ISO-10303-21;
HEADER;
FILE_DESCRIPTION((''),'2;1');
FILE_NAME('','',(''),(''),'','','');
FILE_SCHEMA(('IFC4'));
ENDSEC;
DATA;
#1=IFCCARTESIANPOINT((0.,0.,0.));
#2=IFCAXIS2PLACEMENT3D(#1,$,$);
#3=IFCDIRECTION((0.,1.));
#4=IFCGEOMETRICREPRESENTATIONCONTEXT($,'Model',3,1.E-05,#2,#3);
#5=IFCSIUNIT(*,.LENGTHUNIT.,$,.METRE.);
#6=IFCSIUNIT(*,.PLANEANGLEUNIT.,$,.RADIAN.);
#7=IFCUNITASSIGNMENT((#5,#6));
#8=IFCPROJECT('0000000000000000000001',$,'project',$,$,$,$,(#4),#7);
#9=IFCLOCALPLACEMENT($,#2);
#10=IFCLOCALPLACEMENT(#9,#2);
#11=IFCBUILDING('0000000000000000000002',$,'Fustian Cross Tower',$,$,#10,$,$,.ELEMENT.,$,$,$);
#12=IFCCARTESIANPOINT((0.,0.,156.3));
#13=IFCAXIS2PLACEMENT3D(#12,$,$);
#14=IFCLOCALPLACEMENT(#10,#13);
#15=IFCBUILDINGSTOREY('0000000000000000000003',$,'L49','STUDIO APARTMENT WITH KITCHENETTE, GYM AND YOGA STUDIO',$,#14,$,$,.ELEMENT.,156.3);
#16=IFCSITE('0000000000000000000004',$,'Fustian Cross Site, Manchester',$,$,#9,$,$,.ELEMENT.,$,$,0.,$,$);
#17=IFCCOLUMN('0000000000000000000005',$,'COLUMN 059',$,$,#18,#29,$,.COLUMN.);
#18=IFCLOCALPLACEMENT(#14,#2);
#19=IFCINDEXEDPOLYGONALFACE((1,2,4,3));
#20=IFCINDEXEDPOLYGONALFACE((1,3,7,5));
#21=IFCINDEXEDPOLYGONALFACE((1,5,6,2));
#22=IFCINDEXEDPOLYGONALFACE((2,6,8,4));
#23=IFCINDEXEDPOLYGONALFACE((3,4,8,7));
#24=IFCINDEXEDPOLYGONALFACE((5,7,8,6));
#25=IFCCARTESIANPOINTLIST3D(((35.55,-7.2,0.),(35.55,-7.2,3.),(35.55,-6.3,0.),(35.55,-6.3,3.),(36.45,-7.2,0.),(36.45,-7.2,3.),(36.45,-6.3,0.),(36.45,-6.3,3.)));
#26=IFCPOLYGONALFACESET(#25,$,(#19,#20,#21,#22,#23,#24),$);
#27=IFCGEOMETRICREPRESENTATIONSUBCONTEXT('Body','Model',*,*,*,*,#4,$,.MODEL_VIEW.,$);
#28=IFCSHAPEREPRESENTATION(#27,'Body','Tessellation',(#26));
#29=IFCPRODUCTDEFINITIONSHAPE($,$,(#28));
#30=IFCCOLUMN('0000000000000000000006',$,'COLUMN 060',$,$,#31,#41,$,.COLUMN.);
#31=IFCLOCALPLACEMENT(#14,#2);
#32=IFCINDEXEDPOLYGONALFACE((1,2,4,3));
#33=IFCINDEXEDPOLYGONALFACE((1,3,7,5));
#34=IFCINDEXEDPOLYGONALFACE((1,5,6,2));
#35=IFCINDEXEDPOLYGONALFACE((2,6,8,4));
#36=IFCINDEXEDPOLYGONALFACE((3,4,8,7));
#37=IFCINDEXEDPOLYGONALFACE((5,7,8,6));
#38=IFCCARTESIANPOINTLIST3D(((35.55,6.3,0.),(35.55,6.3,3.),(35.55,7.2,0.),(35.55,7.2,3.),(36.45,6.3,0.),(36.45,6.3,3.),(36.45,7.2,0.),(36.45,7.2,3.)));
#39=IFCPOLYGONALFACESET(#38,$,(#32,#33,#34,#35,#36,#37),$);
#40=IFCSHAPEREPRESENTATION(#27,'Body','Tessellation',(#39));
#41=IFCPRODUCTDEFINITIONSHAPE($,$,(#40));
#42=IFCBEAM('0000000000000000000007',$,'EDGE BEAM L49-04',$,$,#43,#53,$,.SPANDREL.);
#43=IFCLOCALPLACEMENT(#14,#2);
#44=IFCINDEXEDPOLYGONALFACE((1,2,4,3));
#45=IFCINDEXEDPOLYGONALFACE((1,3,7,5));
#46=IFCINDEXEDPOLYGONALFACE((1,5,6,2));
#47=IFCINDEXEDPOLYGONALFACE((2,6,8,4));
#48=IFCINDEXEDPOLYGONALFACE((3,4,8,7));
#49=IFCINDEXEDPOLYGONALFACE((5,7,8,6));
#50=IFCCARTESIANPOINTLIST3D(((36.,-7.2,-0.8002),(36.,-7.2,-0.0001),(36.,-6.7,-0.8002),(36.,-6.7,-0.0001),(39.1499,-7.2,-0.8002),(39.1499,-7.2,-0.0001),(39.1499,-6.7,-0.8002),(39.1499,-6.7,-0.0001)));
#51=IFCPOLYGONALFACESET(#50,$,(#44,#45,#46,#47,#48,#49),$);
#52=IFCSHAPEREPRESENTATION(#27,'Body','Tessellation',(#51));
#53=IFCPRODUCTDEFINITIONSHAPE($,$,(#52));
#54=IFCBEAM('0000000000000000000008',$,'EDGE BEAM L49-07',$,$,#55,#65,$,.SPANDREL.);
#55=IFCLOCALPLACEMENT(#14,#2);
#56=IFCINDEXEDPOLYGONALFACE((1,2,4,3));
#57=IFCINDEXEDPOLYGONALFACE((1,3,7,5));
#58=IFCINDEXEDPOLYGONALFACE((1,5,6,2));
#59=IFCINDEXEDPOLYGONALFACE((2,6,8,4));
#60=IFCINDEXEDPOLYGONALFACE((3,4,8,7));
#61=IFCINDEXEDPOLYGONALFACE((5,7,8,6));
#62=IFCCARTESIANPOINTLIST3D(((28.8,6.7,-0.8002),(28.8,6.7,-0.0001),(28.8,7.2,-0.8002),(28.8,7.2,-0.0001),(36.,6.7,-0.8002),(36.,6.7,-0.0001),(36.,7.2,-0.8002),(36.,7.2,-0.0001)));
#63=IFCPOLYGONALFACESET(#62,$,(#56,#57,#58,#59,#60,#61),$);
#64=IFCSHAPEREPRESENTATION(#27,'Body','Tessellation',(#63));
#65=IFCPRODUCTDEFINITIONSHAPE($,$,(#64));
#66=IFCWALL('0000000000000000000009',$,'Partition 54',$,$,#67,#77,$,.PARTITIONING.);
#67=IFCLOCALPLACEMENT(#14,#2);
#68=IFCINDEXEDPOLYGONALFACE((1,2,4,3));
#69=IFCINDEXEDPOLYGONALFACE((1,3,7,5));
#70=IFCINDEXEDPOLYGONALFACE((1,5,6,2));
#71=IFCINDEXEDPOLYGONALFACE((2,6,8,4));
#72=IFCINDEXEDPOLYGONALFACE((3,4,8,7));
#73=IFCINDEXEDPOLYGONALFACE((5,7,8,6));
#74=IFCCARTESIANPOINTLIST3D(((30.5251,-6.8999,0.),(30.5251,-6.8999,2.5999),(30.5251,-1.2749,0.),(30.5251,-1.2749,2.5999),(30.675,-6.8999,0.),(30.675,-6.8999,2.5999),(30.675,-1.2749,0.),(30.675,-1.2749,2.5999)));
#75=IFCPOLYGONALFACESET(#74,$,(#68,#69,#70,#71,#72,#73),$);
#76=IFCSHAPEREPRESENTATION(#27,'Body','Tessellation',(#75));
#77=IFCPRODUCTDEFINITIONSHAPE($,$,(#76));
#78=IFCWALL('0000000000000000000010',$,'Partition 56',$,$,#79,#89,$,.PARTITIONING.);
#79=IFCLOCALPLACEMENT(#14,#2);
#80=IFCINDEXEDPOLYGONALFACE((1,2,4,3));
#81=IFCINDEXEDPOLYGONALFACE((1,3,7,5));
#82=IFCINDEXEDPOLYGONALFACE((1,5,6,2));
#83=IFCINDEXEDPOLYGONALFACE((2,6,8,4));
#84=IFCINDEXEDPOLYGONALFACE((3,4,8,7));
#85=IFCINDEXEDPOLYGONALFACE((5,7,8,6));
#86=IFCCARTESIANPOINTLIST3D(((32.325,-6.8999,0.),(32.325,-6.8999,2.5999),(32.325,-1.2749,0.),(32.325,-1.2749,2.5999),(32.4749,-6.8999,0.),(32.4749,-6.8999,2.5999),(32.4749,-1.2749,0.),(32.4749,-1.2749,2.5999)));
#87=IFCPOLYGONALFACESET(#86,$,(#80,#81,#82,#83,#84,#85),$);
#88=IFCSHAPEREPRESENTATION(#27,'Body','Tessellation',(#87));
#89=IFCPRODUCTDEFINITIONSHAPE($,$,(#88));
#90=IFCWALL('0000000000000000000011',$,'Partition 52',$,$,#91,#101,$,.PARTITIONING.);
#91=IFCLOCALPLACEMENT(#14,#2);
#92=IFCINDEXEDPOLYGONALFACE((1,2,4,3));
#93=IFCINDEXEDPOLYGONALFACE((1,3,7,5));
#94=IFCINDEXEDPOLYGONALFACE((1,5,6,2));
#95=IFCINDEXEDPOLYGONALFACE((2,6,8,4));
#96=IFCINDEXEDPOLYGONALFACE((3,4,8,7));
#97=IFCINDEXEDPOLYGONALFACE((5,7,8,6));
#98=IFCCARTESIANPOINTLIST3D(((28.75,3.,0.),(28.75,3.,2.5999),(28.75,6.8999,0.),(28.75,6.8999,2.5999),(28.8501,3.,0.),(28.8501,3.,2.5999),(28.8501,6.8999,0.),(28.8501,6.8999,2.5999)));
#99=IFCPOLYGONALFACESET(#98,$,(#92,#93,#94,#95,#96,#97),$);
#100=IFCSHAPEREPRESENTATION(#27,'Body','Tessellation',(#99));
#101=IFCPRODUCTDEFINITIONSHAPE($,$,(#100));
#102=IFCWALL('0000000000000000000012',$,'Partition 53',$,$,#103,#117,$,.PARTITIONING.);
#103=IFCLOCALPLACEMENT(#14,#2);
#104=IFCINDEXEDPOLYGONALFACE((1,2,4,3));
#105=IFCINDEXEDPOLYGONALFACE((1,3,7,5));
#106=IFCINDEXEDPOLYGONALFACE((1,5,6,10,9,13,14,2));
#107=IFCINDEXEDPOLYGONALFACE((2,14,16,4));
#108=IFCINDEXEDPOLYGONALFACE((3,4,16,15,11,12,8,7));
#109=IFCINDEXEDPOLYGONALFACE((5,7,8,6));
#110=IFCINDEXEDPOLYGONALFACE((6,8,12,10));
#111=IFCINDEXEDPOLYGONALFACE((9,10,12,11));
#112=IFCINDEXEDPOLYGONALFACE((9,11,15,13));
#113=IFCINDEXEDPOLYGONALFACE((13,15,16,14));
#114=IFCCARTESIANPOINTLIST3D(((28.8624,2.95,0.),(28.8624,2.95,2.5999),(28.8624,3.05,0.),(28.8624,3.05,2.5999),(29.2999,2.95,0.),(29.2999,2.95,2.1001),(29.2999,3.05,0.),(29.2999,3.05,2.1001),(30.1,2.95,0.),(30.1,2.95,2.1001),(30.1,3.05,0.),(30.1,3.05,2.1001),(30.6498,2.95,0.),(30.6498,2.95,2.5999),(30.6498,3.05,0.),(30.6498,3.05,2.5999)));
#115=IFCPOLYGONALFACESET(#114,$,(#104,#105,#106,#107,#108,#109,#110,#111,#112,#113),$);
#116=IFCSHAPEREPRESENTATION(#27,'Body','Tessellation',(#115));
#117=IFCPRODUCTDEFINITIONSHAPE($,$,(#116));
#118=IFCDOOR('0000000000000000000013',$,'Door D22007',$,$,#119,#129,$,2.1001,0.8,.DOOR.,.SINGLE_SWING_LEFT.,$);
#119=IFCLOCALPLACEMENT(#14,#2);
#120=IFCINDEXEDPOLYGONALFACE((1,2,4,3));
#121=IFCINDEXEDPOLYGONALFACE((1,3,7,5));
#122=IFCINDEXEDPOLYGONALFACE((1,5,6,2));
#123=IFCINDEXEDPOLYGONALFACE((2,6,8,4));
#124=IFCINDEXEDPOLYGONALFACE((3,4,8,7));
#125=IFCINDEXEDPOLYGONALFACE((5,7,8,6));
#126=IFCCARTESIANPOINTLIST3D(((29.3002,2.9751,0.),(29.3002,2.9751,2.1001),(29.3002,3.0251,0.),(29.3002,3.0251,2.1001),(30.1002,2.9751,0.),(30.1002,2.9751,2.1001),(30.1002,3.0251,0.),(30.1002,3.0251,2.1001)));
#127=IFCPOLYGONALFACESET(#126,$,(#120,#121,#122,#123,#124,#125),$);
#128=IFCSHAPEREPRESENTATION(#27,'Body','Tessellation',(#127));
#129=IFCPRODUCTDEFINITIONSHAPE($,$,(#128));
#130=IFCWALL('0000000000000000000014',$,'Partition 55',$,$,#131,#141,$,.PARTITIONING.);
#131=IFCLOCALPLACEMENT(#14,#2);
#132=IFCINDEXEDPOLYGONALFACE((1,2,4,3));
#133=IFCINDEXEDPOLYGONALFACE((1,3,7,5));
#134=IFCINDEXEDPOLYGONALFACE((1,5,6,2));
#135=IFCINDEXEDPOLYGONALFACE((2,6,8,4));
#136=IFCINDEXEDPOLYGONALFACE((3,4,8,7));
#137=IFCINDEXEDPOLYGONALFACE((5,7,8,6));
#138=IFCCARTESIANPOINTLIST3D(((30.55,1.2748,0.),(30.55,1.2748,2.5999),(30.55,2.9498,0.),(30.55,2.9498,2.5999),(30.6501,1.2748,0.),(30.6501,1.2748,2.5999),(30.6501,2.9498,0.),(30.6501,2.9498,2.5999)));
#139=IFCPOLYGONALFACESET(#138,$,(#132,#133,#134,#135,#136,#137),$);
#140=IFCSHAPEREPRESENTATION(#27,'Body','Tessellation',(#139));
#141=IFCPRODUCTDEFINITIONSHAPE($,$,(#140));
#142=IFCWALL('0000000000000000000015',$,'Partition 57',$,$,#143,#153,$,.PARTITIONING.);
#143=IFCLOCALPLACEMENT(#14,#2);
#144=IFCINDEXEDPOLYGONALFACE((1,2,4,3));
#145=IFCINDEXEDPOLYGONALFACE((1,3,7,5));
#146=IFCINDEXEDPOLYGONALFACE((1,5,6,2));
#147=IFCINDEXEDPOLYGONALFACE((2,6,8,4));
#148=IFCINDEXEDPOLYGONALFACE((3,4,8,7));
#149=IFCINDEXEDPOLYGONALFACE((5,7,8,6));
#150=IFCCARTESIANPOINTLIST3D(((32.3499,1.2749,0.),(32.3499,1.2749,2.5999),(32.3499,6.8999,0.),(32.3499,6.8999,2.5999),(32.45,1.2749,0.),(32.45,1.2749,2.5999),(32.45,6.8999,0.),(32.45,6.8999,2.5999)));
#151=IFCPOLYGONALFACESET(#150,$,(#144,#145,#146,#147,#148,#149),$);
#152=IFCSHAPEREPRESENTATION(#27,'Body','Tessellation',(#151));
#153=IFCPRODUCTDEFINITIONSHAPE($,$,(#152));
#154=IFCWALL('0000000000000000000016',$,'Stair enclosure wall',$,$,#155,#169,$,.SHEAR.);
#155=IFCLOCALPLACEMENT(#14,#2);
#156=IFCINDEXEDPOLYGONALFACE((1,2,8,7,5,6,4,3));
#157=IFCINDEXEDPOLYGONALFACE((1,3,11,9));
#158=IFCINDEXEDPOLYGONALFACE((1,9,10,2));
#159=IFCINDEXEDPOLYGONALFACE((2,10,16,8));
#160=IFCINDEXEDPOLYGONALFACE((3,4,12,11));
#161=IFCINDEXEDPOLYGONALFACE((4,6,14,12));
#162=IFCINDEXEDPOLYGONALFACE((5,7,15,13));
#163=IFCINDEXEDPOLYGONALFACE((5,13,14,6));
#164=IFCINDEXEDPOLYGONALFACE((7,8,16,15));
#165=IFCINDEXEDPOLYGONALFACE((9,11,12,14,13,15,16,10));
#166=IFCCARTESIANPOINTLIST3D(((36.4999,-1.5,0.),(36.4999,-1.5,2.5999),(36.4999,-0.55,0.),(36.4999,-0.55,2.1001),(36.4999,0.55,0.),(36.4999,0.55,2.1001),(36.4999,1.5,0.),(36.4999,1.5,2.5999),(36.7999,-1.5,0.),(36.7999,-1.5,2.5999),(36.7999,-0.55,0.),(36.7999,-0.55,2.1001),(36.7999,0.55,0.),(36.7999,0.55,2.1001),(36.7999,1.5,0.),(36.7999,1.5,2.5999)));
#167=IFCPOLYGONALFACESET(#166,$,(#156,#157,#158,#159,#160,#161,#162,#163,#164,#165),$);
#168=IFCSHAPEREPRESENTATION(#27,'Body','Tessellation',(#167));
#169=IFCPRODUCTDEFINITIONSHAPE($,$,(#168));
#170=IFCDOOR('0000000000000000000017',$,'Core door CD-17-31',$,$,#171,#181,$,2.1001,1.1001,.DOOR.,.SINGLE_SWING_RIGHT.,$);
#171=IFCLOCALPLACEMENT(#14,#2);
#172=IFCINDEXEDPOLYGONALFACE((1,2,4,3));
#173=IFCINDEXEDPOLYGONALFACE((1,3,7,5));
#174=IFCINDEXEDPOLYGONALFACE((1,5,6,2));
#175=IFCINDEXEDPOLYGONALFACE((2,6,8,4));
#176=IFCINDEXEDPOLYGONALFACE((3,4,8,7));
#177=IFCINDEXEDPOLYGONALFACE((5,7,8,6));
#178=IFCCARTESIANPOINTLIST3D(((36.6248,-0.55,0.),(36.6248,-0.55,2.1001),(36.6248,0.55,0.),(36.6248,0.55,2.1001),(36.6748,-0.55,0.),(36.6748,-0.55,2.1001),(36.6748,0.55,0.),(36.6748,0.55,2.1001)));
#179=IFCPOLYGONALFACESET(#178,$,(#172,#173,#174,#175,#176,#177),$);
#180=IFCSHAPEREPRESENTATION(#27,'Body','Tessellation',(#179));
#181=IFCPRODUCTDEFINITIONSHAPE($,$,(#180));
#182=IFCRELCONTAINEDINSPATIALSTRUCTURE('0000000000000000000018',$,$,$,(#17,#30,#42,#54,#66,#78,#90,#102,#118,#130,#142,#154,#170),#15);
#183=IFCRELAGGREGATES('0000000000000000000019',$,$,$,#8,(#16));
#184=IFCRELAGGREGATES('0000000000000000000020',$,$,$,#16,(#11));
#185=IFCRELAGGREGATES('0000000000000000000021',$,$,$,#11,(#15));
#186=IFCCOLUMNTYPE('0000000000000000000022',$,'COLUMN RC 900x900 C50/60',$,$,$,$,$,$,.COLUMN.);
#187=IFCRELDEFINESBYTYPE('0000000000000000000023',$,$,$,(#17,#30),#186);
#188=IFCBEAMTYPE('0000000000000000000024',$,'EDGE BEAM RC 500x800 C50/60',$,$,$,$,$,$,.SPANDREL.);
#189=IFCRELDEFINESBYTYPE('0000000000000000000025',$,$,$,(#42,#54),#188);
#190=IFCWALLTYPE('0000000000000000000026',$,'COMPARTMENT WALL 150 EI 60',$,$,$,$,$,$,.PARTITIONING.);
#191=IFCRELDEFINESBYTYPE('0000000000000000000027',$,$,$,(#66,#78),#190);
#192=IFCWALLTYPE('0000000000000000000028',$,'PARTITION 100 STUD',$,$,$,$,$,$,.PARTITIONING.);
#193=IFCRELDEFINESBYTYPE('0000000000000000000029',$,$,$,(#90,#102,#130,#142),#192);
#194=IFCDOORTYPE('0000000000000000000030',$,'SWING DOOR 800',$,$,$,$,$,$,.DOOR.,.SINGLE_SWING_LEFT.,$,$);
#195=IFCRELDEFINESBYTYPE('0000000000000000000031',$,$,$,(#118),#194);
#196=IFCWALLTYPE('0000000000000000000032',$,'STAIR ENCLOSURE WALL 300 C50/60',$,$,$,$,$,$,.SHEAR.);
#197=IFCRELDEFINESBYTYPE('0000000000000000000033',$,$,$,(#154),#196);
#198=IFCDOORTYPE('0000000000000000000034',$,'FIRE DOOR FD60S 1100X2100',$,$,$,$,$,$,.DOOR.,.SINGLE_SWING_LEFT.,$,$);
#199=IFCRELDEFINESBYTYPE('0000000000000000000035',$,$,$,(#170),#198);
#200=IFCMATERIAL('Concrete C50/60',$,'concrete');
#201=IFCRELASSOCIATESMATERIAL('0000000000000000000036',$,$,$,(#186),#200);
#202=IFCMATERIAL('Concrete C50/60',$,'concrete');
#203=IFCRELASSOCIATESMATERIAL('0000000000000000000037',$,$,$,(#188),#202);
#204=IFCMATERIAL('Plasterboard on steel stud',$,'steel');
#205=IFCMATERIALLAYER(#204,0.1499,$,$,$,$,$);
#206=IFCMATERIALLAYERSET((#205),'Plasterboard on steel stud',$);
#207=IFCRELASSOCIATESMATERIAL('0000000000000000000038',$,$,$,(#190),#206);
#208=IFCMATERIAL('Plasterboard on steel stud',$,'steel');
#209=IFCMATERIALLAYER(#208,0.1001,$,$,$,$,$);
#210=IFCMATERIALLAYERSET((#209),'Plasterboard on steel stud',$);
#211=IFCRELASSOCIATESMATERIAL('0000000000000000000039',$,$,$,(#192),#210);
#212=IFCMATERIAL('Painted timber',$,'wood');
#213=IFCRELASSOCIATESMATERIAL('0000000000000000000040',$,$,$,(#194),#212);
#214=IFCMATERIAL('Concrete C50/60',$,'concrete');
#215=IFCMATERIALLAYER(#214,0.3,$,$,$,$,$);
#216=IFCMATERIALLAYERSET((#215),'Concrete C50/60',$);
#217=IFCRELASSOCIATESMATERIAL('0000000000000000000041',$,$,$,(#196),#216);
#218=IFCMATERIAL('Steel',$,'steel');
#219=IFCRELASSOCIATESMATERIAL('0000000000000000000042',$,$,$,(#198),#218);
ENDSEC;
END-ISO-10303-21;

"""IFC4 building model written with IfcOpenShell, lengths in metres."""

from ifc_helpers import new_model, si_unit, direction, frame, frame_2d, origin, origin_2d, place, context, subcontext, project, spatial, rectangle, extrude, material, layer, layer_set, material_profile, profile_set, type_object, element, fill, save


model = new_model("IFC4")

# Units and contexts
model_context = context("Model", 3, precision=1e-05, world=origin(), true_north=direction((0.0, 1.0)))
body_context = subcontext(model_context, "Body", "Model", "MODEL_VIEW")
ifc_project = project(units=[si_unit("LENGTHUNIT", "METRE"), si_unit("PLANEANGLEUNIT", "RADIAN")], contexts=[model_context])

# Site, building, storey
site_placement = place(None, origin())
site = spatial("IfcSite", under=ifc_project, at=site_placement, Name="Fustian Cross Site, Manchester", CompositionType="ELEMENT", RefElevation=0.0)
building_placement = place(site_placement, origin())
building = spatial("IfcBuilding", under=site, at=building_placement, Name="Fustian Cross Tower", CompositionType="ELEMENT")
storey_placement = place(building_placement, frame((0.0, 0.0, 156.3)))
storey = spatial("IfcBuildingStorey", under=building, at=storey_placement, Name="L49", Description="STUDIO APARTMENT WITH KITCHENETTE, GYM AND YOGA STUDIO", CompositionType="ELEMENT", Elevation=156.3)

# Columns
ifc_material_1 = material(Name="Concrete C50/60", Category="concrete")
ifc_material_profile_1 = material_profile(ifc_material_1, rectangle(XDim=0.8999, YDim=0.8999, at=origin_2d()), Name="RC 900x900")
ifc_profile_set_1 = profile_set([ifc_material_profile_1], Name="Concrete C50/60")
column_type = type_object("IfcColumnType", Name="COLUMN RC 900x900 C50/60", PredefinedType="COLUMN", material=ifc_profile_set_1)
for number, where, z_axis, x_axis, name in (
    (1, (36.0, -6.75, 0.0), (0.0, 0.0, 1.0), (1.0, 0.0, 0.0), "COLUMN 059"),
    (2, (36.0, 6.75, 0.0), (0.0, 0.0, 1.0), (1.0, 0.0, 0.0), "COLUMN 060"),
):
    element("IfcColumn", number, at=place(storey_placement, frame(where, z_axis=z_axis, x_axis=x_axis)), inside=storey, type_object=column_type, Name=name, PredefinedType="COLUMN", context=body_context, shape_type="SweptSolid", body=[
        extrude(rectangle(XDim=0.8999, YDim=0.8999, at=origin_2d()), origin(), (0.0, 0.0, 1.0), 3.0),
    ])

# Beams
ifc_material_2 = material(Name="Concrete C50/60", Category="concrete")
ifc_material_profile_2 = material_profile(ifc_material_2, rectangle(XDim=0.5, YDim=0.8, at=origin_2d()), Name="RC 500x800")
ifc_profile_set_2 = profile_set([ifc_material_profile_2], Name="Concrete C50/60")
beam_type = type_object("IfcBeamType", Name="EDGE BEAM RC 500x800 C50/60", PredefinedType="SPANDREL", material=ifc_profile_set_2)
beam_1_placement = place(storey_placement, frame((36.0, -6.95, -0.4001), z_axis=(1.0, 0.0, 0.0), x_axis=(0.0, 1.0, 0.0)))
element("IfcBeam", 3, at=beam_1_placement, inside=storey, type_object=beam_type, Name="EDGE BEAM L49-04", PredefinedType="SPANDREL", context=body_context, shape_type="SweptSolid", body=[
    extrude(rectangle(XDim=0.5, YDim=0.8, at=origin_2d()), origin(), (0.0, 0.0, 1.0), 3.1499),
])
beam_2_placement = place(storey_placement, frame((36.0, 6.95, -0.4001), z_axis=(-1.0, 0.0, 0.0), x_axis=(0.0, -1.0, 0.0)))
element("IfcBeam", 4, at=beam_2_placement, inside=storey, type_object=beam_type, Name="EDGE BEAM L49-07", PredefinedType="SPANDREL", context=body_context, shape_type="SweptSolid", body=[
    extrude(rectangle(XDim=0.5, YDim=0.8, at=origin_2d()), origin(), (0.0, 0.0, 1.0), 7.2),
])

# Walls
ifc_material_3 = material(Name="Plasterboard on steel stud", Category="steel")
ifc_layer_1 = layer(ifc_material_3, 0.1499)
ifc_layer_set_1 = layer_set([ifc_layer_1], Name="Plasterboard on steel stud")
wall_type_1 = type_object("IfcWallType", Name="COMPARTMENT WALL 150 EI 60", PredefinedType="PARTITIONING", material=ifc_layer_set_1)
for number, where, z_axis, x_axis, name in (
    (5, (30.6001, -6.8999, 0.0), (0.0, 0.0, 1.0), (0.0, 1.0, 0.0), "Partition 54"),
    (6, (32.3999, -6.8999, 0.0), (0.0, 0.0, 1.0), (0.0, 1.0, 0.0), "Partition 56"),
):
    element("IfcWall", number, at=place(storey_placement, frame(where, z_axis=z_axis, x_axis=x_axis)), inside=storey, type_object=wall_type_1, Name=name, PredefinedType="PARTITIONING", context=body_context, shape_type="SweptSolid", body=[
        extrude(rectangle(XDim=5.625, YDim=0.1499, at=frame_2d((2.8125, 0.0))), origin(), (0.0, 0.0, 1.0), 2.5999),
    ])
ifc_material_4 = material(Name="Plasterboard on steel stud", Category="steel")
ifc_layer_2 = layer(ifc_material_4, 0.1001)
ifc_layer_set_2 = layer_set([ifc_layer_2], Name="Plasterboard on steel stud")
wall_type_2 = type_object("IfcWallType", Name="PARTITION 100 STUD", PredefinedType="PARTITIONING", material=ifc_layer_set_2)
wall_1_placement = place(storey_placement, frame((28.8, 3.0, 0.0), z_axis=(0.0, 0.0, 1.0), x_axis=(0.0, 1.0, 0.0)))
element("IfcWall", 7, at=wall_1_placement, inside=storey, type_object=wall_type_2, Name="Partition 52", PredefinedType="PARTITIONING", context=body_context, shape_type="SweptSolid", body=[
    extrude(rectangle(XDim=3.8999, YDim=0.1001, at=frame_2d((1.95, 0.0))), origin(), (0.0, 0.0, 1.0), 2.5999),
])

# Wall, opening, door
wall_2_placement = place(storey_placement, frame((28.8625, 3.0, 0.0), z_axis=(0.0, 0.0, 1.0), x_axis=(1.0, 0.0, 0.0)))
wall_2 = element("IfcWall", 8, at=wall_2_placement, inside=storey, type_object=wall_type_2, Name="Partition 53", PredefinedType="PARTITIONING", context=body_context, shape_type="SweptSolid", body=[
    extrude(rectangle(XDim=1.7874, YDim=0.1001, at=frame_2d((0.8936, 0.0))), origin(), (0.0, 0.0, 1.0), 2.5999),
])
opening_1_placement = place(wall_2_placement, frame((0.4375, 0.0, 0.0)))
opening_1 = element("IfcOpeningElement", 9, at=opening_1_placement, cuts=wall_2, PredefinedType="OPENING", context=body_context, shape_type="SweptSolid", body=[
    extrude(rectangle(XDim=0.8, YDim=2.1001, at=frame_2d((0.3999, 1.05))), frame((0.0, 0.0601, 0.0), z_axis=(0.0, -1.0, 0.0), x_axis=(1.0, 0.0, 0.0)), (0.0, 0.0, 1.0), 0.1201),
])
ifc_material_5 = material(Name="Painted timber", Category="wood")
door_type_1 = type_object("IfcDoorType", Name="SWING DOOR 800", OperationType="SINGLE_SWING_LEFT", PredefinedType="DOOR", material=ifc_material_5)
door_1_placement = place(opening_1_placement, frame((0.8, 0.0, 0.0), z_axis=(0.0, 0.0, 1.0), x_axis=(-1.0, 0.0, 0.0)))
door_1 = element("IfcDoor", 10, at=door_1_placement, inside=storey, type_object=door_type_1, Name="Door D22007", OperationType="SINGLE_SWING_LEFT", OverallHeight=2.1001, OverallWidth=0.8, PredefinedType="DOOR", context=body_context, shape_type="SweptSolid", body=[
    extrude(rectangle(XDim=0.8, YDim=2.1001, at=frame_2d((0.3999, 1.05))), frame((0.0, 0.0249, 0.0), z_axis=(0.0, -1.0, 0.0), x_axis=(1.0, 0.0, 0.0)), (0.0, 0.0, 1.0), 0.05),
])
fill(opening_1, door_1)

# Walls
wall_3_placement = place(storey_placement, frame((30.6001, 1.2749, 0.0), z_axis=(0.0, 0.0, 1.0), x_axis=(0.0, 1.0, 0.0)))
element("IfcWall", 11, at=wall_3_placement, inside=storey, type_object=wall_type_2, Name="Partition 55", PredefinedType="PARTITIONING", context=body_context, shape_type="SweptSolid", body=[
    extrude(rectangle(XDim=1.675, YDim=0.1001, at=frame_2d((0.8374, 0.0))), origin(), (0.0, 0.0, 1.0), 2.5999),
])
wall_4_placement = place(storey_placement, frame((32.3999, 1.2749, 0.0), z_axis=(0.0, 0.0, 1.0), x_axis=(0.0, 1.0, 0.0)))
element("IfcWall", 12, at=wall_4_placement, inside=storey, type_object=wall_type_2, Name="Partition 57", PredefinedType="PARTITIONING", context=body_context, shape_type="SweptSolid", body=[
    extrude(rectangle(XDim=5.625, YDim=0.1001, at=frame_2d((2.8125, 0.0))), origin(), (0.0, 0.0, 1.0), 2.5999),
])

# Wall, opening, door
ifc_material_6 = material(Name="Concrete C50/60", Category="concrete")
ifc_layer_3 = layer(ifc_material_6, 0.3)
ifc_layer_set_3 = layer_set([ifc_layer_3], Name="Concrete C50/60")
wall_type_3 = type_object("IfcWallType", Name="STAIR ENCLOSURE WALL 300 C50/60", PredefinedType="SHEAR", material=ifc_layer_set_3)
wall_5_placement = place(storey_placement, frame((36.6499, -1.5, 0.0), z_axis=(0.0, 0.0, 1.0), x_axis=(0.0, 1.0, 0.0)))
wall_5 = element("IfcWall", 13, at=wall_5_placement, inside=storey, type_object=wall_type_3, Name="Stair enclosure wall", PredefinedType="SHEAR", context=body_context, shape_type="SweptSolid", body=[
    extrude(rectangle(XDim=3.0, YDim=0.3, at=frame_2d((1.5, 0.0))), origin(), (0.0, 0.0, 1.0), 2.5999),
])
opening_2_placement = place(wall_5_placement, frame((0.95, 0.0, 0.0)))
opening_2 = element("IfcOpeningElement", 14, at=opening_2_placement, cuts=wall_5, PredefinedType="OPENING", context=body_context, shape_type="SweptSolid", body=[
    extrude(rectangle(XDim=1.1001, YDim=2.1001, at=frame_2d((0.55, 1.05))), frame((0.0, 0.1599, 0.0), z_axis=(0.0, -1.0, 0.0), x_axis=(1.0, 0.0, 0.0)), (0.0, 0.0, 1.0), 0.3201),
])
ifc_material_7 = material(Name="Steel", Category="steel")
door_type_2 = type_object("IfcDoorType", Name="FIRE DOOR FD60S 1100X2100", OperationType="SINGLE_SWING_LEFT", PredefinedType="DOOR", material=ifc_material_7)
door_2_placement = place(opening_2_placement, frame((1.1001, 0.0, 0.0), z_axis=(0.0, 0.0, 1.0), x_axis=(-1.0, 0.0, 0.0)))
door_2 = element("IfcDoor", 15, at=door_2_placement, inside=storey, type_object=door_type_2, Name="Core door CD-17-31", OperationType="SINGLE_SWING_RIGHT", OverallHeight=2.1001, OverallWidth=1.1001, PredefinedType="DOOR", context=body_context, shape_type="SweptSolid", body=[
    extrude(rectangle(XDim=1.1001, YDim=2.1001, at=frame_2d((0.55, 1.05))), frame((0.0, 0.0249, 0.0), z_axis=(0.0, -1.0, 0.0), x_axis=(1.0, 0.0, 0.0)), (0.0, 0.0, 1.0), 0.05),
])
fill(opening_2, door_2)

save(model, "model.ifc")
